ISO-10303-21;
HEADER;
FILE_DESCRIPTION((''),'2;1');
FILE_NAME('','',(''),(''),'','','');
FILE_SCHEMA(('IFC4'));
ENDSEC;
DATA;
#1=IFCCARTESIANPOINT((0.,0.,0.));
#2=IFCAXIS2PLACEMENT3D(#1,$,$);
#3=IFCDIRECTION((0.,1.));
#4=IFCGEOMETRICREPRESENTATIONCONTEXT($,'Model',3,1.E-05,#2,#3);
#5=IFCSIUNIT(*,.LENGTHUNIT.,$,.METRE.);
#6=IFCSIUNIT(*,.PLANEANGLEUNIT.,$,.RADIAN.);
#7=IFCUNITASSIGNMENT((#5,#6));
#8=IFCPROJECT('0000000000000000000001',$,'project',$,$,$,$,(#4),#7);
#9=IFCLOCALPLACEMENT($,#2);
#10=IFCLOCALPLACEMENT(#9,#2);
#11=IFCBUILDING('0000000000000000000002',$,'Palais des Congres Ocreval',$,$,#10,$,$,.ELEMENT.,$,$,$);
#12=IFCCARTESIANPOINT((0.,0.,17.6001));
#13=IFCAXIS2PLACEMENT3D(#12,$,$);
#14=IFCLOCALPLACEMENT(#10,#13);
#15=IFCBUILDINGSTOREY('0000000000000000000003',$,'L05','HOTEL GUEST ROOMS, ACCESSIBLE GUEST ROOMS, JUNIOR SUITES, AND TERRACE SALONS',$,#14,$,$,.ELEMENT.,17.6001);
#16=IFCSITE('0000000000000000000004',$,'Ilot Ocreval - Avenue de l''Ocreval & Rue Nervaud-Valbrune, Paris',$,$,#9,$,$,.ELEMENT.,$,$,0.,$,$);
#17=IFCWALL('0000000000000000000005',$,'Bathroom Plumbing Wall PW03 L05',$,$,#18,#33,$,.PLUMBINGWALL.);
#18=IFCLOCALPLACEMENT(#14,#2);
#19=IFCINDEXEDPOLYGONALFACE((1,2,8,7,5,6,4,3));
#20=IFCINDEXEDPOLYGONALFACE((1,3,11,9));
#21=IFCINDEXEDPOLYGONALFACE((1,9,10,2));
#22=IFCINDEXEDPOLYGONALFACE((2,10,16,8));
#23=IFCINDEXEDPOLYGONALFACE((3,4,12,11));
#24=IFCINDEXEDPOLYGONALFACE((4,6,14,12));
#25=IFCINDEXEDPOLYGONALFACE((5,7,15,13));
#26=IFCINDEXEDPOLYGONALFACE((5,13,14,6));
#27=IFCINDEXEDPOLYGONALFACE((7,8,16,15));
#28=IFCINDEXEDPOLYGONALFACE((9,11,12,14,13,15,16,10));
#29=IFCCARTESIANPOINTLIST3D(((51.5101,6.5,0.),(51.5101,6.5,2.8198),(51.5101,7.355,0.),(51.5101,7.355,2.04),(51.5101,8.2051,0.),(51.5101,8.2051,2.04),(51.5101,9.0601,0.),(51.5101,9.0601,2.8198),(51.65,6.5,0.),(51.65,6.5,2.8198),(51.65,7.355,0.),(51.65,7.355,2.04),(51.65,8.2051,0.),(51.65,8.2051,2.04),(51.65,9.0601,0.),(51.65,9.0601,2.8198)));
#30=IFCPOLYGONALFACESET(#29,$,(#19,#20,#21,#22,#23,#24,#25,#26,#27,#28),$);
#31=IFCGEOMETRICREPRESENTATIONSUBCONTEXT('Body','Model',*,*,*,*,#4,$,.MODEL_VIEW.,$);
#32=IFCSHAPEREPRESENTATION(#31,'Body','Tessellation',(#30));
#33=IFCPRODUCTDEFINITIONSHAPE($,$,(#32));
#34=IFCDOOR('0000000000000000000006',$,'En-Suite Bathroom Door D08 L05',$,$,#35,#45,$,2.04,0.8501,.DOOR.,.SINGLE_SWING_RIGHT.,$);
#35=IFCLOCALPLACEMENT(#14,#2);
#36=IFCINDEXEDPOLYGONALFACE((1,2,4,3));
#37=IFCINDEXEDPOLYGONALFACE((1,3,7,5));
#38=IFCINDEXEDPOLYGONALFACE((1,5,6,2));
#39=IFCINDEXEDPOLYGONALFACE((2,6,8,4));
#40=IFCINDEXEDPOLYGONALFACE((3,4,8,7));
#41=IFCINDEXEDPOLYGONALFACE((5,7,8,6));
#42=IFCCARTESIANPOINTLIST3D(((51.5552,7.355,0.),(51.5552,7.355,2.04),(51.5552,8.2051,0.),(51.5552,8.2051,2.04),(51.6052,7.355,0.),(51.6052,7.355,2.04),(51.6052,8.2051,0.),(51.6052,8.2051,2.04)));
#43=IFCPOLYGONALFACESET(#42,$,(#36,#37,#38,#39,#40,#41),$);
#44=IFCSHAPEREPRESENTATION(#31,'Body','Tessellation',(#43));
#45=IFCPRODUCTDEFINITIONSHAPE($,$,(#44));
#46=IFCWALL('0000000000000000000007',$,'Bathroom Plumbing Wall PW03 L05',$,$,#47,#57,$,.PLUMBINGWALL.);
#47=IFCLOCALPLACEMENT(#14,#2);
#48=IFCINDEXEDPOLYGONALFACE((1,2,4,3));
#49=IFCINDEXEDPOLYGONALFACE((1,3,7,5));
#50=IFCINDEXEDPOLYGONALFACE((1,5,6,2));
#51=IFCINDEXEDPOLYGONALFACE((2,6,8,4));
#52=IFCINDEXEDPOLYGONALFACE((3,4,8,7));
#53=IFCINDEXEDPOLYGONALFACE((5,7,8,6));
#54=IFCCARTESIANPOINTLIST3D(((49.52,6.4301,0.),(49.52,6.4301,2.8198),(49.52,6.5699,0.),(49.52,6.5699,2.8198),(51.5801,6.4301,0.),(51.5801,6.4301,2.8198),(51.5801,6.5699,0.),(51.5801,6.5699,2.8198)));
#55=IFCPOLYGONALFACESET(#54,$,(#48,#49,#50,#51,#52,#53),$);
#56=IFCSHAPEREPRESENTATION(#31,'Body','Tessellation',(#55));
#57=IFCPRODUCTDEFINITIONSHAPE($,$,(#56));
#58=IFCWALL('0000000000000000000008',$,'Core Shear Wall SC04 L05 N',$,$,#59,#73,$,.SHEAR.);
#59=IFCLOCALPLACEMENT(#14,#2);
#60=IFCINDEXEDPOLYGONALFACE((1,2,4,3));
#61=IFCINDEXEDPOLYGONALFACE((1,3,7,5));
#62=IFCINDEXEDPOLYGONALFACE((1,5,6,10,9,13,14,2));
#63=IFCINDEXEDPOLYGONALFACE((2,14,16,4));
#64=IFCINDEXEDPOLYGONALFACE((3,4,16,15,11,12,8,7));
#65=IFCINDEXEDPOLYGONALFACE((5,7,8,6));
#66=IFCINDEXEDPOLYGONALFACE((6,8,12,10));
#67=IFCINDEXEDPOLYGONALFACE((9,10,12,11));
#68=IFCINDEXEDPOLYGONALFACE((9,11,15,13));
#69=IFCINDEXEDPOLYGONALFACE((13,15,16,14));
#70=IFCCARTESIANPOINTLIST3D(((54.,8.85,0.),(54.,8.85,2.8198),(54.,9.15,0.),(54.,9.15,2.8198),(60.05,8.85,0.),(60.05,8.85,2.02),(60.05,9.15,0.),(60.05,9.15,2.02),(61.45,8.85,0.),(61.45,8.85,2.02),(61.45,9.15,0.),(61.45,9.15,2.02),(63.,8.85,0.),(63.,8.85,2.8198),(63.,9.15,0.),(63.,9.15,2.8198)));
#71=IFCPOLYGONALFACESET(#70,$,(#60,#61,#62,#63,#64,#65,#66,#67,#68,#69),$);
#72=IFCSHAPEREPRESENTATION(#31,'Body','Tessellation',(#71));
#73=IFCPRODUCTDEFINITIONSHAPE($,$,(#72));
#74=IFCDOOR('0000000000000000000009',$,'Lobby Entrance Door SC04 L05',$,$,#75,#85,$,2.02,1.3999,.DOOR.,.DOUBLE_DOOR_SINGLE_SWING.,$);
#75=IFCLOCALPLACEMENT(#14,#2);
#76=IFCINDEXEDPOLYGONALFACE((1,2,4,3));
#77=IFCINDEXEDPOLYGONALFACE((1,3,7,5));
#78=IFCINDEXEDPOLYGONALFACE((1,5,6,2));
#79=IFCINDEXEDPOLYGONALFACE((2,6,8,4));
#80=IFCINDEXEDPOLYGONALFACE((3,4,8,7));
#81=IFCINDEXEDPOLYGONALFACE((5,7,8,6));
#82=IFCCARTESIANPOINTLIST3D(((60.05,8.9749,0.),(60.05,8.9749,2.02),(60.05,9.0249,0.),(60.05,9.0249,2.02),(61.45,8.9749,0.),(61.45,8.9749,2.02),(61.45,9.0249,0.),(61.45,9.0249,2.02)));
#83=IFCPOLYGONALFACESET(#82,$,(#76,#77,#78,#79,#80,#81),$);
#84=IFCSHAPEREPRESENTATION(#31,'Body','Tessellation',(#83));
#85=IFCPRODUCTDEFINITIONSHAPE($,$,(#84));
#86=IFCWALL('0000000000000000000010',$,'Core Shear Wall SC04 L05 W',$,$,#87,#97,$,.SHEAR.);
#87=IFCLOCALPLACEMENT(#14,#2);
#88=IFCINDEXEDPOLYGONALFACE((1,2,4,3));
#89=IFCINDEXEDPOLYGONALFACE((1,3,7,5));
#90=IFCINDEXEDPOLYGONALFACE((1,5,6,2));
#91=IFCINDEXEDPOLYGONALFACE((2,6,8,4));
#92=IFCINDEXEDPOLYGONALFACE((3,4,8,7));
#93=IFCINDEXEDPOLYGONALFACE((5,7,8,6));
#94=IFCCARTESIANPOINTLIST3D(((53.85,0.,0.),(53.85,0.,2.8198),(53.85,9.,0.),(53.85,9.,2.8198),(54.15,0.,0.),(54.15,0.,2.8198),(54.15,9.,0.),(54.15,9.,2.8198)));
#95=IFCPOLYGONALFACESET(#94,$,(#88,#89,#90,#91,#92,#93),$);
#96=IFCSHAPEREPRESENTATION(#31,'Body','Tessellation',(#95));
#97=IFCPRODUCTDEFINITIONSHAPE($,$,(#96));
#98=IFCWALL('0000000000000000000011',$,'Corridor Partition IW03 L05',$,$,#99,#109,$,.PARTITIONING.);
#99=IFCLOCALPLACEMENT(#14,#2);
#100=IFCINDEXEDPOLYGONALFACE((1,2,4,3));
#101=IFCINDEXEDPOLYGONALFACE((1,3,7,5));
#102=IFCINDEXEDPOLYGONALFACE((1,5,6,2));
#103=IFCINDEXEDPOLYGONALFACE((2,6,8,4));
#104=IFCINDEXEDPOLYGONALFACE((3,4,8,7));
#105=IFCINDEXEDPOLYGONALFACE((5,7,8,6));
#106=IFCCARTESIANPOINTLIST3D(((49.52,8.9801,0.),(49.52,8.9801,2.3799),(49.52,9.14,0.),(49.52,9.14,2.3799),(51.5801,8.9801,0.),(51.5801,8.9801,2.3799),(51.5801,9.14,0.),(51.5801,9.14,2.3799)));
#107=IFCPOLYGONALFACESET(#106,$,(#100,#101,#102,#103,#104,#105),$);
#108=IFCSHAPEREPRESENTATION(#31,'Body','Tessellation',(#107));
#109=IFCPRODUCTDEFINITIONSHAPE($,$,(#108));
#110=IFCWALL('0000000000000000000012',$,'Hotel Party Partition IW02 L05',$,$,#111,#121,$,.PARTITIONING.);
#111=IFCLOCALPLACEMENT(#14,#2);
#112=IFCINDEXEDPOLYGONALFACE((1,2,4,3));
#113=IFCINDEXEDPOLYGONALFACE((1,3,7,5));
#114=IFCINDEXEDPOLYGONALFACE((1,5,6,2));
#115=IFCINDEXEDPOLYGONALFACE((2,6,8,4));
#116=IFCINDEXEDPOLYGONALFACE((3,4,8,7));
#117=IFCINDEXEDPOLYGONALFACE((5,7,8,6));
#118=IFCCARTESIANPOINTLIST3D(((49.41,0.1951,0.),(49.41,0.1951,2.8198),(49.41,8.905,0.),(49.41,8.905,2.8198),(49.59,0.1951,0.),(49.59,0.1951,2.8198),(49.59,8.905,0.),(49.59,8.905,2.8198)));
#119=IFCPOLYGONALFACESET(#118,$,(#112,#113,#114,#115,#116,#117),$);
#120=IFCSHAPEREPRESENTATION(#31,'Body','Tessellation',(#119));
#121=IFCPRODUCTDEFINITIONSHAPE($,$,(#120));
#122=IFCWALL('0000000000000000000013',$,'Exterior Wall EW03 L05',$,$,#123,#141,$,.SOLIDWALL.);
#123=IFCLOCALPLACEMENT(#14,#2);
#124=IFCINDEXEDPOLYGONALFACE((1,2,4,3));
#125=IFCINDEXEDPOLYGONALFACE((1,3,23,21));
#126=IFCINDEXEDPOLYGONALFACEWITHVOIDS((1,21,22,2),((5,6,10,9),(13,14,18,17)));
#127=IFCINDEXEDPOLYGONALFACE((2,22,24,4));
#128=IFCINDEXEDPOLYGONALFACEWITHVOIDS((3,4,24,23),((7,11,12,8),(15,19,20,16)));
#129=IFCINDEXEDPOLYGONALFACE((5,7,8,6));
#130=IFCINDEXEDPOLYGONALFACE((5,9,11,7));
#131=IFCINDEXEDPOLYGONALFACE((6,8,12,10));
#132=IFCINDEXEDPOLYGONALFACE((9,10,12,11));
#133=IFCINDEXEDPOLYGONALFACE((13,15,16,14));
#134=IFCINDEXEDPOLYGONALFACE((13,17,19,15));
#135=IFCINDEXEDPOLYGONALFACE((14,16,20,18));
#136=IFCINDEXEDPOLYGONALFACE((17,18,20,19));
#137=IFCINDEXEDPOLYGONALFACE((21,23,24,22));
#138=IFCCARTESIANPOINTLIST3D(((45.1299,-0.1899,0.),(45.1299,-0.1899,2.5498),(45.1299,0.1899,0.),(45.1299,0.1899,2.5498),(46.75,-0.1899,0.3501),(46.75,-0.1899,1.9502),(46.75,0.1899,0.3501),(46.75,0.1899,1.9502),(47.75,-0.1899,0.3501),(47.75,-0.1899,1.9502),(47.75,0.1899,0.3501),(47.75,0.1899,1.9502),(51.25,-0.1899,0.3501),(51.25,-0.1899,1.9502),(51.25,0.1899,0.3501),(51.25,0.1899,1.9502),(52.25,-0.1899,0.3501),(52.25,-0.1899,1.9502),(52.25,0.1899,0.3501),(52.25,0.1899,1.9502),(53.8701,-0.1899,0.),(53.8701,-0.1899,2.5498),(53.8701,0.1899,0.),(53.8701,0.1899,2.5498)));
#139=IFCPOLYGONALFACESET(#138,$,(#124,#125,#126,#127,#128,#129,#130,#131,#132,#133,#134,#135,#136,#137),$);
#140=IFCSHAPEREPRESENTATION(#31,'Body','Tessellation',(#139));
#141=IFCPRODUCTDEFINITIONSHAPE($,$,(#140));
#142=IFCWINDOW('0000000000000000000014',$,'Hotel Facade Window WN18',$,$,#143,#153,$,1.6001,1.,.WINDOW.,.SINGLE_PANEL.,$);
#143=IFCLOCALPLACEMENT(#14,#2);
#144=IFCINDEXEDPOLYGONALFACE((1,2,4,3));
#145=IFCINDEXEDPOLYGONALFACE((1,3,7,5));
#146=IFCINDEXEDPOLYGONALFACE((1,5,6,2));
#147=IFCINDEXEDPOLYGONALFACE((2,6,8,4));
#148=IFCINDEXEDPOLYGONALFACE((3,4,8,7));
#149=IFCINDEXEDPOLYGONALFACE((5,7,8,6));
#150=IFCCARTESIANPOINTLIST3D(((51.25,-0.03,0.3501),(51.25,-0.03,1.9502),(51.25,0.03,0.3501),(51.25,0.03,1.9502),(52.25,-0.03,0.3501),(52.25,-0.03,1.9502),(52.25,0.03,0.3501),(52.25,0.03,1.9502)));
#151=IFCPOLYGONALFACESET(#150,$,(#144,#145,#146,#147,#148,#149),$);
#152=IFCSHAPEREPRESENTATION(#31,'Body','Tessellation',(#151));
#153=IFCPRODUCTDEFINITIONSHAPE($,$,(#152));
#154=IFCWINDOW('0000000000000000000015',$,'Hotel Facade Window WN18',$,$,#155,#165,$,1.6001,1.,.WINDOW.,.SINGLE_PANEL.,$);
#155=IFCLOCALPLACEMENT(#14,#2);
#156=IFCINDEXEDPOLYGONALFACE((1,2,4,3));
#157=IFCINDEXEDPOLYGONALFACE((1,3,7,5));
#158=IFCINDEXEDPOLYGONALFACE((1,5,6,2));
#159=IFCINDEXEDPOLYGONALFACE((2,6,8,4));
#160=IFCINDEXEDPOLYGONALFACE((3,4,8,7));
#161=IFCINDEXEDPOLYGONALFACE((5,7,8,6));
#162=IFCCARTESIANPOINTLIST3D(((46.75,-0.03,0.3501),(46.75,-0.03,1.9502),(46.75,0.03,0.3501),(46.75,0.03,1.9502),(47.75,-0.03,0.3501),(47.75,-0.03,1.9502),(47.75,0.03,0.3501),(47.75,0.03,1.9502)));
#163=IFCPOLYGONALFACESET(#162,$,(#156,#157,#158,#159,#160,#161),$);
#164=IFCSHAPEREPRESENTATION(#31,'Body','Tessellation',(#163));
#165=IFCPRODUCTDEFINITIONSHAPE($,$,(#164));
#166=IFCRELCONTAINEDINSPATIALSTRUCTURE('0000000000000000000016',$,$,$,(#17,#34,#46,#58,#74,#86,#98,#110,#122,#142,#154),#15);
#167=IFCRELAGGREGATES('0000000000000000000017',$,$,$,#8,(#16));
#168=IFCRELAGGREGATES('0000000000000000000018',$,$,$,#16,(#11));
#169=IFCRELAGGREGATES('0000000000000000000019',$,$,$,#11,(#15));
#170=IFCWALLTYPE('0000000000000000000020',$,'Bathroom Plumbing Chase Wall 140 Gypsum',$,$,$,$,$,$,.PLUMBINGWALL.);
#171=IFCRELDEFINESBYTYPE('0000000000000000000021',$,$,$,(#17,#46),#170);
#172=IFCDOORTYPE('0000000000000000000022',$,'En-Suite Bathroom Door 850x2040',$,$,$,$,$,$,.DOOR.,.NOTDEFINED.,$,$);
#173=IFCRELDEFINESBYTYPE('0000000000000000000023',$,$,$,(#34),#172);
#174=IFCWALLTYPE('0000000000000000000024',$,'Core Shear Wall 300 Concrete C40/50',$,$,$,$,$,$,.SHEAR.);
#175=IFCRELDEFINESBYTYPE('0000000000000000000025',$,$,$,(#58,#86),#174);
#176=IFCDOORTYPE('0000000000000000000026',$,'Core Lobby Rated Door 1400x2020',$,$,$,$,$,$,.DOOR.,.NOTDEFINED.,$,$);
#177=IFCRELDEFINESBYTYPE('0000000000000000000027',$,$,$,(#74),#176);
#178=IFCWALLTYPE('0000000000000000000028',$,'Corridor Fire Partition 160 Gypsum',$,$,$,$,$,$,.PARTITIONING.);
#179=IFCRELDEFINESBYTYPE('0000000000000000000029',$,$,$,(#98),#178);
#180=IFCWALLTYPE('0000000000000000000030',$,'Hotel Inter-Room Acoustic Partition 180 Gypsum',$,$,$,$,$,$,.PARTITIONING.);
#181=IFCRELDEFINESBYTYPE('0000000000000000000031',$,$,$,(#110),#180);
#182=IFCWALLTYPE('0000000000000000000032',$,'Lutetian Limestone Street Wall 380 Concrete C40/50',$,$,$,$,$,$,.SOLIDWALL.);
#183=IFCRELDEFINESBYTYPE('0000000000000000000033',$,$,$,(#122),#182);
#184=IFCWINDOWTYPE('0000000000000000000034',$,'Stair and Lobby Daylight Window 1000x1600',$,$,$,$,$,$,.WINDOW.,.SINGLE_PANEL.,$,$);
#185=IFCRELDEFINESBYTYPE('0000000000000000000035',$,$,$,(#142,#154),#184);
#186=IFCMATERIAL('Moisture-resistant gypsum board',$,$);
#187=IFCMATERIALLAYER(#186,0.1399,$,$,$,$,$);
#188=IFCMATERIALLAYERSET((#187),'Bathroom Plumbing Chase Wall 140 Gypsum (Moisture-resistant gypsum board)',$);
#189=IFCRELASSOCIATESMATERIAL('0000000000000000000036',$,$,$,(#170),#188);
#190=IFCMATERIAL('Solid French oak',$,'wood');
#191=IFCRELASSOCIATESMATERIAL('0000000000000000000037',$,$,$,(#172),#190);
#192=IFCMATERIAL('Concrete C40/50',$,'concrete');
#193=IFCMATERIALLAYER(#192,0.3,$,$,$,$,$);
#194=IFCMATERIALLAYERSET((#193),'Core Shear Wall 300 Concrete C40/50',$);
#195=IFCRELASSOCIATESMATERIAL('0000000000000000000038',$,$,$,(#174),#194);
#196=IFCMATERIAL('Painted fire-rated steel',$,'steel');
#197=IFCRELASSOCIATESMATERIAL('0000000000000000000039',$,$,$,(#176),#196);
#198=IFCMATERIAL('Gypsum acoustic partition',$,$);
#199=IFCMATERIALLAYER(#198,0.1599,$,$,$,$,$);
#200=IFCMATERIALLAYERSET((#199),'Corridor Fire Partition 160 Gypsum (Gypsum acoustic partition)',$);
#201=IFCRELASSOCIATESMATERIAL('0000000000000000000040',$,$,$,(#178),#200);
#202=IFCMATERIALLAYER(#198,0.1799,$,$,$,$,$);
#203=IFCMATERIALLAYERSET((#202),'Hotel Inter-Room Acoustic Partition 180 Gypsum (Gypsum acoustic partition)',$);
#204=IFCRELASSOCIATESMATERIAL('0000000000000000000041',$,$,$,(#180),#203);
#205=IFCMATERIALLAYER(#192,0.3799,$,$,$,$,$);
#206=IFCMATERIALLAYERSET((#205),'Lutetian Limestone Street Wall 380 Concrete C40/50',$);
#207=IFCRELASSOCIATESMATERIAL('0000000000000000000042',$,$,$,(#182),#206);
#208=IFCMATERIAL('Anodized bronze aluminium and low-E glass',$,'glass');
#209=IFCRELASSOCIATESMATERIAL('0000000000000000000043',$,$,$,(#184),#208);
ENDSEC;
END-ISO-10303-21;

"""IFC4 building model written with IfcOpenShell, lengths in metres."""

from ifc_helpers import new_model, si_unit, direction, frame, frame_2d, origin, place, context, subcontext, project, spatial, rectangle, extrude, material, layer, layer_set, type_object, element, fill, save


model = new_model("IFC4")

# Units and contexts
model_context = context("Model", 3, precision=1e-05, world=origin(), true_north=direction((0.0, 1.0)))
body_context = subcontext(model_context, "Body", "Model", "MODEL_VIEW")
ifc_project = project(units=[si_unit("LENGTHUNIT", "METRE"), si_unit("PLANEANGLEUNIT", "RADIAN")], contexts=[model_context])

# Site, building, storey
site_placement = place(None, origin())
site = spatial("IfcSite", under=ifc_project, at=site_placement, Name="Ilot Ocreval - Avenue de l'Ocreval & Rue Nervaud-Valbrune, Paris", CompositionType="ELEMENT", RefElevation=0.0)
building_placement = place(site_placement, origin())
building = spatial("IfcBuilding", under=site, at=building_placement, Name="Palais des Congres Ocreval", CompositionType="ELEMENT")
storey_placement = place(building_placement, frame((0.0, 0.0, 17.6001)))
storey = spatial("IfcBuildingStorey", under=building, at=storey_placement, Name="L05", Description="HOTEL GUEST ROOMS, ACCESSIBLE GUEST ROOMS, JUNIOR SUITES, AND TERRACE SALONS", CompositionType="ELEMENT", Elevation=17.6001)

# Shared definitions
ifc_material_1 = material(Name="Concrete C40/50", Category="concrete")

# Wall, opening, door
ifc_material_2 = material(Name="Moisture-resistant gypsum board")
ifc_layer_1 = layer(ifc_material_2, 0.1399)
ifc_layer_set_1 = layer_set([ifc_layer_1], Name="Bathroom Plumbing Chase Wall 140 Gypsum (Moisture-resistant gypsum board)")
wall_type_1 = type_object("IfcWallType", Name="Bathroom Plumbing Chase Wall 140 Gypsum", PredefinedType="PLUMBINGWALL", material=ifc_layer_set_1)
wall_1_placement = place(storey_placement, frame((51.5801, 6.5, 0.0), z_axis=(0.0, 0.0, 1.0), x_axis=(0.0, 1.0, 0.0)))
wall_1 = element("IfcWall", 1, at=wall_1_placement, inside=storey, type_object=wall_type_1, Name="Bathroom Plumbing Wall PW03 L05", PredefinedType="PLUMBINGWALL", context=body_context, shape_type="SweptSolid", body=[
    extrude(rectangle(XDim=2.5601, YDim=0.1399, at=frame_2d((1.28, 0.0))), origin(), (0.0, 0.0, 1.0), 2.8198),
])
opening_1_placement = place(wall_1_placement, frame((0.855, 0.0, 0.0)))
opening_1 = element("IfcOpeningElement", 2, at=opening_1_placement, cuts=wall_1, PredefinedType="OPENING", context=body_context, shape_type="SweptSolid", body=[
    extrude(rectangle(XDim=0.8501, YDim=2.04, at=frame_2d((0.425, 1.02))), frame((0.0, 0.0798, 0.0), z_axis=(0.0, -1.0, 0.0), x_axis=(1.0, 0.0, 0.0)), (0.0, 0.0, 1.0), 0.1599),
])
ifc_material_3 = material(Name="Solid French oak", Category="wood")
door_type_1 = type_object("IfcDoorType", Name="En-Suite Bathroom Door 850x2040", OperationType="NOTDEFINED", PredefinedType="DOOR", material=ifc_material_3)
door_1_placement = place(opening_1_placement, origin())
door_1 = element("IfcDoor", 3, at=door_1_placement, inside=storey, type_object=door_type_1, Name="En-Suite Bathroom Door D08 L05", OperationType="SINGLE_SWING_RIGHT", OverallHeight=2.04, OverallWidth=0.8501, PredefinedType="DOOR", context=body_context, shape_type="SweptSolid", body=[
    extrude(rectangle(XDim=0.8501, YDim=2.04, at=frame_2d((0.425, 1.02))), frame((0.0, 0.0249, 0.0), z_axis=(0.0, -1.0, 0.0), x_axis=(1.0, 0.0, 0.0)), (0.0, 0.0, 1.0), 0.05),
])
fill(opening_1, door_1)

# Wall
wall_2_placement = place(storey_placement, frame((49.52, 6.5, 0.0), z_axis=(0.0, 0.0, 1.0), x_axis=(1.0, 0.0, 0.0)))
element("IfcWall", 4, at=wall_2_placement, inside=storey, type_object=wall_type_1, Name="Bathroom Plumbing Wall PW03 L05", PredefinedType="PLUMBINGWALL", context=body_context, shape_type="SweptSolid", body=[
    extrude(rectangle(XDim=2.0601, YDim=0.1399, at=frame_2d((1.03, 0.0))), origin(), (0.0, 0.0, 1.0), 2.8198),
])

# Wall, opening, door
ifc_layer_2 = layer(ifc_material_1, 0.3)
ifc_layer_set_2 = layer_set([ifc_layer_2], Name="Core Shear Wall 300 Concrete C40/50")
wall_type_2 = type_object("IfcWallType", Name="Core Shear Wall 300 Concrete C40/50", PredefinedType="SHEAR", material=ifc_layer_set_2)
wall_3_placement = place(storey_placement, frame((54.0, 9.0, 0.0), z_axis=(0.0, 0.0, 1.0), x_axis=(1.0, 0.0, 0.0)))
wall_3 = element("IfcWall", 5, at=wall_3_placement, inside=storey, type_object=wall_type_2, Name="Core Shear Wall SC04 L05 N", PredefinedType="SHEAR", context=body_context, shape_type="SweptSolid", body=[
    extrude(rectangle(XDim=9.0, YDim=0.3, at=frame_2d((4.5, 0.0))), origin(), (0.0, 0.0, 1.0), 2.8198),
])
opening_2_placement = place(wall_3_placement, frame((6.05, 0.0, 0.0)))
opening_2 = element("IfcOpeningElement", 6, at=opening_2_placement, cuts=wall_3, PredefinedType="OPENING", context=body_context, shape_type="SweptSolid", body=[
    extrude(rectangle(XDim=1.3999, YDim=2.02, at=frame_2d((0.7, 1.01))), frame((0.0, 0.1599, 0.0), z_axis=(0.0, -1.0, 0.0), x_axis=(1.0, 0.0, 0.0)), (0.0, 0.0, 1.0), 0.3201),
])
ifc_material_4 = material(Name="Painted fire-rated steel", Category="steel")
door_type_2 = type_object("IfcDoorType", Name="Core Lobby Rated Door 1400x2020", OperationType="NOTDEFINED", PredefinedType="DOOR", material=ifc_material_4)
door_2_placement = place(opening_2_placement, origin())
door_2 = element("IfcDoor", 7, at=door_2_placement, inside=storey, type_object=door_type_2, Name="Lobby Entrance Door SC04 L05", OperationType="DOUBLE_DOOR_SINGLE_SWING", OverallHeight=2.02, OverallWidth=1.3999, PredefinedType="DOOR", context=body_context, shape_type="SweptSolid", body=[
    extrude(rectangle(XDim=1.3999, YDim=2.02, at=frame_2d((0.7, 1.01))), frame((0.0, 0.0249, 0.0), z_axis=(0.0, -1.0, 0.0), x_axis=(1.0, 0.0, 0.0)), (0.0, 0.0, 1.0), 0.05),
])
fill(opening_2, door_2)

# Walls
wall_4_placement = place(storey_placement, frame((54.0, 0.0, 0.0), z_axis=(0.0, 0.0, 1.0), x_axis=(0.0, 1.0, 0.0)))
element("IfcWall", 8, at=wall_4_placement, inside=storey, type_object=wall_type_2, Name="Core Shear Wall SC04 L05 W", PredefinedType="SHEAR", context=body_context, shape_type="SweptSolid", body=[
    extrude(rectangle(XDim=9.0, YDim=0.3, at=frame_2d((4.5, 0.0))), origin(), (0.0, 0.0, 1.0), 2.8198),
])
ifc_material_5 = material(Name="Gypsum acoustic partition")
ifc_layer_3 = layer(ifc_material_5, 0.1599)
ifc_layer_set_3 = layer_set([ifc_layer_3], Name="Corridor Fire Partition 160 Gypsum (Gypsum acoustic partition)")
wall_type_3 = type_object("IfcWallType", Name="Corridor Fire Partition 160 Gypsum", PredefinedType="PARTITIONING", material=ifc_layer_set_3)
wall_5_placement = place(storey_placement, frame((49.52, 9.0601, 0.0), z_axis=(0.0, 0.0, 1.0), x_axis=(1.0, 0.0, 0.0)))
element("IfcWall", 9, at=wall_5_placement, inside=storey, type_object=wall_type_3, Name="Corridor Partition IW03 L05", PredefinedType="PARTITIONING", context=body_context, shape_type="SweptSolid", body=[
    extrude(rectangle(XDim=2.0601, YDim=0.1599, at=frame_2d((1.03, 0.0))), origin(), (0.0, 0.0, 1.0), 2.3799),
])

# Wall
ifc_layer_4 = layer(ifc_material_5, 0.1799)
ifc_layer_set_4 = layer_set([ifc_layer_4], Name="Hotel Inter-Room Acoustic Partition 180 Gypsum (Gypsum acoustic partition)")
wall_type_4 = type_object("IfcWallType", Name="Hotel Inter-Room Acoustic Partition 180 Gypsum", PredefinedType="PARTITIONING", material=ifc_layer_set_4)
wall_6_placement = place(storey_placement, frame((49.5, 0.1951, 0.0), z_axis=(0.0, 0.0, 1.0), x_axis=(0.0, 1.0, 0.0)))
element("IfcWall", 10, at=wall_6_placement, inside=storey, type_object=wall_type_4, Name="Hotel Party Partition IW02 L05", PredefinedType="PARTITIONING", context=body_context, shape_type="SweptSolid", body=[
    extrude(rectangle(XDim=8.71, YDim=0.1799, at=frame_2d((4.355, 0.0))), origin(), (0.0, 0.0, 1.0), 2.8198),
])

# Wall, openings, windows
ifc_layer_5 = layer(ifc_material_1, 0.3799)
ifc_layer_set_5 = layer_set([ifc_layer_5], Name="Lutetian Limestone Street Wall 380 Concrete C40/50")
wall_type_5 = type_object("IfcWallType", Name="Lutetian Limestone Street Wall 380 Concrete C40/50", PredefinedType="SOLIDWALL", material=ifc_layer_set_5)
wall_7_placement = place(storey_placement, frame((53.8701, 0.0, 0.0), z_axis=(0.0, 0.0, 1.0), x_axis=(-1.0, 0.0, 0.0)))
wall_7 = element("IfcWall", 11, at=wall_7_placement, inside=storey, type_object=wall_type_5, Name="Exterior Wall EW03 L05", PredefinedType="SOLIDWALL", context=body_context, shape_type="SweptSolid", body=[
    extrude(rectangle(XDim=8.7402, YDim=0.3799, at=frame_2d((4.3701, 0.0))), origin(), (0.0, 0.0, 1.0), 2.5498),
])
opening_3_placement = place(wall_7_placement, frame((1.6201, 0.0, 0.3501)))
opening_3 = element("IfcOpeningElement", 12, at=opening_3_placement, cuts=wall_7, PredefinedType="OPENING", context=body_context, shape_type="SweptSolid", body=[
    extrude(rectangle(XDim=1.0, YDim=1.6001, at=frame_2d((0.5, 0.8))), frame((0.0, 0.2, 0.0), z_axis=(0.0, -1.0, 0.0), x_axis=(1.0, 0.0, 0.0)), (0.0, 0.0, 1.0), 0.3999),
])
opening_4_placement = place(wall_7_placement, frame((6.1201, 0.0, 0.3501)))
opening_4 = element("IfcOpeningElement", 13, at=opening_4_placement, cuts=wall_7, PredefinedType="OPENING", context=body_context, shape_type="SweptSolid", body=[
    extrude(rectangle(XDim=1.0, YDim=1.6001, at=frame_2d((0.5, 0.8))), frame((0.0, 0.2, 0.0), z_axis=(0.0, -1.0, 0.0), x_axis=(1.0, 0.0, 0.0)), (0.0, 0.0, 1.0), 0.3999),
])
ifc_material_6 = material(Name="Anodized bronze aluminium and low-E glass", Category="glass")
window_type = type_object("IfcWindowType", Name="Stair and Lobby Daylight Window 1000x1600", PartitioningType="SINGLE_PANEL", PredefinedType="WINDOW", material=ifc_material_6)
window_1_placement = place(opening_3_placement, origin())
window_1 = element("IfcWindow", 14, at=window_1_placement, inside=storey, type_object=window_type, Name="Hotel Facade Window WN18", OverallHeight=1.6001, OverallWidth=1.0, PartitioningType="SINGLE_PANEL", PredefinedType="WINDOW", context=body_context, shape_type="SweptSolid", body=[
    extrude(rectangle(XDim=1.0, YDim=1.6001, at=frame_2d((0.5, 0.8))), frame((0.0, 0.03, 0.0), z_axis=(0.0, -1.0, 0.0), x_axis=(1.0, 0.0, 0.0)), (0.0, 0.0, 1.0), 0.0601),
])
fill(opening_3, window_1)
window_2_placement = place(opening_4_placement, origin())
window_2 = element("IfcWindow", 15, at=window_2_placement, inside=storey, type_object=window_type, Name="Hotel Facade Window WN18", OverallHeight=1.6001, OverallWidth=1.0, PartitioningType="SINGLE_PANEL", PredefinedType="WINDOW", context=body_context, shape_type="SweptSolid", body=[
    extrude(rectangle(XDim=1.0, YDim=1.6001, at=frame_2d((0.5, 0.8))), frame((0.0, 0.03, 0.0), z_axis=(0.0, -1.0, 0.0), x_axis=(1.0, 0.0, 0.0)), (0.0, 0.0, 1.0), 0.0601),
])
fill(opening_4, window_2)

save(model, "model.ifc")
